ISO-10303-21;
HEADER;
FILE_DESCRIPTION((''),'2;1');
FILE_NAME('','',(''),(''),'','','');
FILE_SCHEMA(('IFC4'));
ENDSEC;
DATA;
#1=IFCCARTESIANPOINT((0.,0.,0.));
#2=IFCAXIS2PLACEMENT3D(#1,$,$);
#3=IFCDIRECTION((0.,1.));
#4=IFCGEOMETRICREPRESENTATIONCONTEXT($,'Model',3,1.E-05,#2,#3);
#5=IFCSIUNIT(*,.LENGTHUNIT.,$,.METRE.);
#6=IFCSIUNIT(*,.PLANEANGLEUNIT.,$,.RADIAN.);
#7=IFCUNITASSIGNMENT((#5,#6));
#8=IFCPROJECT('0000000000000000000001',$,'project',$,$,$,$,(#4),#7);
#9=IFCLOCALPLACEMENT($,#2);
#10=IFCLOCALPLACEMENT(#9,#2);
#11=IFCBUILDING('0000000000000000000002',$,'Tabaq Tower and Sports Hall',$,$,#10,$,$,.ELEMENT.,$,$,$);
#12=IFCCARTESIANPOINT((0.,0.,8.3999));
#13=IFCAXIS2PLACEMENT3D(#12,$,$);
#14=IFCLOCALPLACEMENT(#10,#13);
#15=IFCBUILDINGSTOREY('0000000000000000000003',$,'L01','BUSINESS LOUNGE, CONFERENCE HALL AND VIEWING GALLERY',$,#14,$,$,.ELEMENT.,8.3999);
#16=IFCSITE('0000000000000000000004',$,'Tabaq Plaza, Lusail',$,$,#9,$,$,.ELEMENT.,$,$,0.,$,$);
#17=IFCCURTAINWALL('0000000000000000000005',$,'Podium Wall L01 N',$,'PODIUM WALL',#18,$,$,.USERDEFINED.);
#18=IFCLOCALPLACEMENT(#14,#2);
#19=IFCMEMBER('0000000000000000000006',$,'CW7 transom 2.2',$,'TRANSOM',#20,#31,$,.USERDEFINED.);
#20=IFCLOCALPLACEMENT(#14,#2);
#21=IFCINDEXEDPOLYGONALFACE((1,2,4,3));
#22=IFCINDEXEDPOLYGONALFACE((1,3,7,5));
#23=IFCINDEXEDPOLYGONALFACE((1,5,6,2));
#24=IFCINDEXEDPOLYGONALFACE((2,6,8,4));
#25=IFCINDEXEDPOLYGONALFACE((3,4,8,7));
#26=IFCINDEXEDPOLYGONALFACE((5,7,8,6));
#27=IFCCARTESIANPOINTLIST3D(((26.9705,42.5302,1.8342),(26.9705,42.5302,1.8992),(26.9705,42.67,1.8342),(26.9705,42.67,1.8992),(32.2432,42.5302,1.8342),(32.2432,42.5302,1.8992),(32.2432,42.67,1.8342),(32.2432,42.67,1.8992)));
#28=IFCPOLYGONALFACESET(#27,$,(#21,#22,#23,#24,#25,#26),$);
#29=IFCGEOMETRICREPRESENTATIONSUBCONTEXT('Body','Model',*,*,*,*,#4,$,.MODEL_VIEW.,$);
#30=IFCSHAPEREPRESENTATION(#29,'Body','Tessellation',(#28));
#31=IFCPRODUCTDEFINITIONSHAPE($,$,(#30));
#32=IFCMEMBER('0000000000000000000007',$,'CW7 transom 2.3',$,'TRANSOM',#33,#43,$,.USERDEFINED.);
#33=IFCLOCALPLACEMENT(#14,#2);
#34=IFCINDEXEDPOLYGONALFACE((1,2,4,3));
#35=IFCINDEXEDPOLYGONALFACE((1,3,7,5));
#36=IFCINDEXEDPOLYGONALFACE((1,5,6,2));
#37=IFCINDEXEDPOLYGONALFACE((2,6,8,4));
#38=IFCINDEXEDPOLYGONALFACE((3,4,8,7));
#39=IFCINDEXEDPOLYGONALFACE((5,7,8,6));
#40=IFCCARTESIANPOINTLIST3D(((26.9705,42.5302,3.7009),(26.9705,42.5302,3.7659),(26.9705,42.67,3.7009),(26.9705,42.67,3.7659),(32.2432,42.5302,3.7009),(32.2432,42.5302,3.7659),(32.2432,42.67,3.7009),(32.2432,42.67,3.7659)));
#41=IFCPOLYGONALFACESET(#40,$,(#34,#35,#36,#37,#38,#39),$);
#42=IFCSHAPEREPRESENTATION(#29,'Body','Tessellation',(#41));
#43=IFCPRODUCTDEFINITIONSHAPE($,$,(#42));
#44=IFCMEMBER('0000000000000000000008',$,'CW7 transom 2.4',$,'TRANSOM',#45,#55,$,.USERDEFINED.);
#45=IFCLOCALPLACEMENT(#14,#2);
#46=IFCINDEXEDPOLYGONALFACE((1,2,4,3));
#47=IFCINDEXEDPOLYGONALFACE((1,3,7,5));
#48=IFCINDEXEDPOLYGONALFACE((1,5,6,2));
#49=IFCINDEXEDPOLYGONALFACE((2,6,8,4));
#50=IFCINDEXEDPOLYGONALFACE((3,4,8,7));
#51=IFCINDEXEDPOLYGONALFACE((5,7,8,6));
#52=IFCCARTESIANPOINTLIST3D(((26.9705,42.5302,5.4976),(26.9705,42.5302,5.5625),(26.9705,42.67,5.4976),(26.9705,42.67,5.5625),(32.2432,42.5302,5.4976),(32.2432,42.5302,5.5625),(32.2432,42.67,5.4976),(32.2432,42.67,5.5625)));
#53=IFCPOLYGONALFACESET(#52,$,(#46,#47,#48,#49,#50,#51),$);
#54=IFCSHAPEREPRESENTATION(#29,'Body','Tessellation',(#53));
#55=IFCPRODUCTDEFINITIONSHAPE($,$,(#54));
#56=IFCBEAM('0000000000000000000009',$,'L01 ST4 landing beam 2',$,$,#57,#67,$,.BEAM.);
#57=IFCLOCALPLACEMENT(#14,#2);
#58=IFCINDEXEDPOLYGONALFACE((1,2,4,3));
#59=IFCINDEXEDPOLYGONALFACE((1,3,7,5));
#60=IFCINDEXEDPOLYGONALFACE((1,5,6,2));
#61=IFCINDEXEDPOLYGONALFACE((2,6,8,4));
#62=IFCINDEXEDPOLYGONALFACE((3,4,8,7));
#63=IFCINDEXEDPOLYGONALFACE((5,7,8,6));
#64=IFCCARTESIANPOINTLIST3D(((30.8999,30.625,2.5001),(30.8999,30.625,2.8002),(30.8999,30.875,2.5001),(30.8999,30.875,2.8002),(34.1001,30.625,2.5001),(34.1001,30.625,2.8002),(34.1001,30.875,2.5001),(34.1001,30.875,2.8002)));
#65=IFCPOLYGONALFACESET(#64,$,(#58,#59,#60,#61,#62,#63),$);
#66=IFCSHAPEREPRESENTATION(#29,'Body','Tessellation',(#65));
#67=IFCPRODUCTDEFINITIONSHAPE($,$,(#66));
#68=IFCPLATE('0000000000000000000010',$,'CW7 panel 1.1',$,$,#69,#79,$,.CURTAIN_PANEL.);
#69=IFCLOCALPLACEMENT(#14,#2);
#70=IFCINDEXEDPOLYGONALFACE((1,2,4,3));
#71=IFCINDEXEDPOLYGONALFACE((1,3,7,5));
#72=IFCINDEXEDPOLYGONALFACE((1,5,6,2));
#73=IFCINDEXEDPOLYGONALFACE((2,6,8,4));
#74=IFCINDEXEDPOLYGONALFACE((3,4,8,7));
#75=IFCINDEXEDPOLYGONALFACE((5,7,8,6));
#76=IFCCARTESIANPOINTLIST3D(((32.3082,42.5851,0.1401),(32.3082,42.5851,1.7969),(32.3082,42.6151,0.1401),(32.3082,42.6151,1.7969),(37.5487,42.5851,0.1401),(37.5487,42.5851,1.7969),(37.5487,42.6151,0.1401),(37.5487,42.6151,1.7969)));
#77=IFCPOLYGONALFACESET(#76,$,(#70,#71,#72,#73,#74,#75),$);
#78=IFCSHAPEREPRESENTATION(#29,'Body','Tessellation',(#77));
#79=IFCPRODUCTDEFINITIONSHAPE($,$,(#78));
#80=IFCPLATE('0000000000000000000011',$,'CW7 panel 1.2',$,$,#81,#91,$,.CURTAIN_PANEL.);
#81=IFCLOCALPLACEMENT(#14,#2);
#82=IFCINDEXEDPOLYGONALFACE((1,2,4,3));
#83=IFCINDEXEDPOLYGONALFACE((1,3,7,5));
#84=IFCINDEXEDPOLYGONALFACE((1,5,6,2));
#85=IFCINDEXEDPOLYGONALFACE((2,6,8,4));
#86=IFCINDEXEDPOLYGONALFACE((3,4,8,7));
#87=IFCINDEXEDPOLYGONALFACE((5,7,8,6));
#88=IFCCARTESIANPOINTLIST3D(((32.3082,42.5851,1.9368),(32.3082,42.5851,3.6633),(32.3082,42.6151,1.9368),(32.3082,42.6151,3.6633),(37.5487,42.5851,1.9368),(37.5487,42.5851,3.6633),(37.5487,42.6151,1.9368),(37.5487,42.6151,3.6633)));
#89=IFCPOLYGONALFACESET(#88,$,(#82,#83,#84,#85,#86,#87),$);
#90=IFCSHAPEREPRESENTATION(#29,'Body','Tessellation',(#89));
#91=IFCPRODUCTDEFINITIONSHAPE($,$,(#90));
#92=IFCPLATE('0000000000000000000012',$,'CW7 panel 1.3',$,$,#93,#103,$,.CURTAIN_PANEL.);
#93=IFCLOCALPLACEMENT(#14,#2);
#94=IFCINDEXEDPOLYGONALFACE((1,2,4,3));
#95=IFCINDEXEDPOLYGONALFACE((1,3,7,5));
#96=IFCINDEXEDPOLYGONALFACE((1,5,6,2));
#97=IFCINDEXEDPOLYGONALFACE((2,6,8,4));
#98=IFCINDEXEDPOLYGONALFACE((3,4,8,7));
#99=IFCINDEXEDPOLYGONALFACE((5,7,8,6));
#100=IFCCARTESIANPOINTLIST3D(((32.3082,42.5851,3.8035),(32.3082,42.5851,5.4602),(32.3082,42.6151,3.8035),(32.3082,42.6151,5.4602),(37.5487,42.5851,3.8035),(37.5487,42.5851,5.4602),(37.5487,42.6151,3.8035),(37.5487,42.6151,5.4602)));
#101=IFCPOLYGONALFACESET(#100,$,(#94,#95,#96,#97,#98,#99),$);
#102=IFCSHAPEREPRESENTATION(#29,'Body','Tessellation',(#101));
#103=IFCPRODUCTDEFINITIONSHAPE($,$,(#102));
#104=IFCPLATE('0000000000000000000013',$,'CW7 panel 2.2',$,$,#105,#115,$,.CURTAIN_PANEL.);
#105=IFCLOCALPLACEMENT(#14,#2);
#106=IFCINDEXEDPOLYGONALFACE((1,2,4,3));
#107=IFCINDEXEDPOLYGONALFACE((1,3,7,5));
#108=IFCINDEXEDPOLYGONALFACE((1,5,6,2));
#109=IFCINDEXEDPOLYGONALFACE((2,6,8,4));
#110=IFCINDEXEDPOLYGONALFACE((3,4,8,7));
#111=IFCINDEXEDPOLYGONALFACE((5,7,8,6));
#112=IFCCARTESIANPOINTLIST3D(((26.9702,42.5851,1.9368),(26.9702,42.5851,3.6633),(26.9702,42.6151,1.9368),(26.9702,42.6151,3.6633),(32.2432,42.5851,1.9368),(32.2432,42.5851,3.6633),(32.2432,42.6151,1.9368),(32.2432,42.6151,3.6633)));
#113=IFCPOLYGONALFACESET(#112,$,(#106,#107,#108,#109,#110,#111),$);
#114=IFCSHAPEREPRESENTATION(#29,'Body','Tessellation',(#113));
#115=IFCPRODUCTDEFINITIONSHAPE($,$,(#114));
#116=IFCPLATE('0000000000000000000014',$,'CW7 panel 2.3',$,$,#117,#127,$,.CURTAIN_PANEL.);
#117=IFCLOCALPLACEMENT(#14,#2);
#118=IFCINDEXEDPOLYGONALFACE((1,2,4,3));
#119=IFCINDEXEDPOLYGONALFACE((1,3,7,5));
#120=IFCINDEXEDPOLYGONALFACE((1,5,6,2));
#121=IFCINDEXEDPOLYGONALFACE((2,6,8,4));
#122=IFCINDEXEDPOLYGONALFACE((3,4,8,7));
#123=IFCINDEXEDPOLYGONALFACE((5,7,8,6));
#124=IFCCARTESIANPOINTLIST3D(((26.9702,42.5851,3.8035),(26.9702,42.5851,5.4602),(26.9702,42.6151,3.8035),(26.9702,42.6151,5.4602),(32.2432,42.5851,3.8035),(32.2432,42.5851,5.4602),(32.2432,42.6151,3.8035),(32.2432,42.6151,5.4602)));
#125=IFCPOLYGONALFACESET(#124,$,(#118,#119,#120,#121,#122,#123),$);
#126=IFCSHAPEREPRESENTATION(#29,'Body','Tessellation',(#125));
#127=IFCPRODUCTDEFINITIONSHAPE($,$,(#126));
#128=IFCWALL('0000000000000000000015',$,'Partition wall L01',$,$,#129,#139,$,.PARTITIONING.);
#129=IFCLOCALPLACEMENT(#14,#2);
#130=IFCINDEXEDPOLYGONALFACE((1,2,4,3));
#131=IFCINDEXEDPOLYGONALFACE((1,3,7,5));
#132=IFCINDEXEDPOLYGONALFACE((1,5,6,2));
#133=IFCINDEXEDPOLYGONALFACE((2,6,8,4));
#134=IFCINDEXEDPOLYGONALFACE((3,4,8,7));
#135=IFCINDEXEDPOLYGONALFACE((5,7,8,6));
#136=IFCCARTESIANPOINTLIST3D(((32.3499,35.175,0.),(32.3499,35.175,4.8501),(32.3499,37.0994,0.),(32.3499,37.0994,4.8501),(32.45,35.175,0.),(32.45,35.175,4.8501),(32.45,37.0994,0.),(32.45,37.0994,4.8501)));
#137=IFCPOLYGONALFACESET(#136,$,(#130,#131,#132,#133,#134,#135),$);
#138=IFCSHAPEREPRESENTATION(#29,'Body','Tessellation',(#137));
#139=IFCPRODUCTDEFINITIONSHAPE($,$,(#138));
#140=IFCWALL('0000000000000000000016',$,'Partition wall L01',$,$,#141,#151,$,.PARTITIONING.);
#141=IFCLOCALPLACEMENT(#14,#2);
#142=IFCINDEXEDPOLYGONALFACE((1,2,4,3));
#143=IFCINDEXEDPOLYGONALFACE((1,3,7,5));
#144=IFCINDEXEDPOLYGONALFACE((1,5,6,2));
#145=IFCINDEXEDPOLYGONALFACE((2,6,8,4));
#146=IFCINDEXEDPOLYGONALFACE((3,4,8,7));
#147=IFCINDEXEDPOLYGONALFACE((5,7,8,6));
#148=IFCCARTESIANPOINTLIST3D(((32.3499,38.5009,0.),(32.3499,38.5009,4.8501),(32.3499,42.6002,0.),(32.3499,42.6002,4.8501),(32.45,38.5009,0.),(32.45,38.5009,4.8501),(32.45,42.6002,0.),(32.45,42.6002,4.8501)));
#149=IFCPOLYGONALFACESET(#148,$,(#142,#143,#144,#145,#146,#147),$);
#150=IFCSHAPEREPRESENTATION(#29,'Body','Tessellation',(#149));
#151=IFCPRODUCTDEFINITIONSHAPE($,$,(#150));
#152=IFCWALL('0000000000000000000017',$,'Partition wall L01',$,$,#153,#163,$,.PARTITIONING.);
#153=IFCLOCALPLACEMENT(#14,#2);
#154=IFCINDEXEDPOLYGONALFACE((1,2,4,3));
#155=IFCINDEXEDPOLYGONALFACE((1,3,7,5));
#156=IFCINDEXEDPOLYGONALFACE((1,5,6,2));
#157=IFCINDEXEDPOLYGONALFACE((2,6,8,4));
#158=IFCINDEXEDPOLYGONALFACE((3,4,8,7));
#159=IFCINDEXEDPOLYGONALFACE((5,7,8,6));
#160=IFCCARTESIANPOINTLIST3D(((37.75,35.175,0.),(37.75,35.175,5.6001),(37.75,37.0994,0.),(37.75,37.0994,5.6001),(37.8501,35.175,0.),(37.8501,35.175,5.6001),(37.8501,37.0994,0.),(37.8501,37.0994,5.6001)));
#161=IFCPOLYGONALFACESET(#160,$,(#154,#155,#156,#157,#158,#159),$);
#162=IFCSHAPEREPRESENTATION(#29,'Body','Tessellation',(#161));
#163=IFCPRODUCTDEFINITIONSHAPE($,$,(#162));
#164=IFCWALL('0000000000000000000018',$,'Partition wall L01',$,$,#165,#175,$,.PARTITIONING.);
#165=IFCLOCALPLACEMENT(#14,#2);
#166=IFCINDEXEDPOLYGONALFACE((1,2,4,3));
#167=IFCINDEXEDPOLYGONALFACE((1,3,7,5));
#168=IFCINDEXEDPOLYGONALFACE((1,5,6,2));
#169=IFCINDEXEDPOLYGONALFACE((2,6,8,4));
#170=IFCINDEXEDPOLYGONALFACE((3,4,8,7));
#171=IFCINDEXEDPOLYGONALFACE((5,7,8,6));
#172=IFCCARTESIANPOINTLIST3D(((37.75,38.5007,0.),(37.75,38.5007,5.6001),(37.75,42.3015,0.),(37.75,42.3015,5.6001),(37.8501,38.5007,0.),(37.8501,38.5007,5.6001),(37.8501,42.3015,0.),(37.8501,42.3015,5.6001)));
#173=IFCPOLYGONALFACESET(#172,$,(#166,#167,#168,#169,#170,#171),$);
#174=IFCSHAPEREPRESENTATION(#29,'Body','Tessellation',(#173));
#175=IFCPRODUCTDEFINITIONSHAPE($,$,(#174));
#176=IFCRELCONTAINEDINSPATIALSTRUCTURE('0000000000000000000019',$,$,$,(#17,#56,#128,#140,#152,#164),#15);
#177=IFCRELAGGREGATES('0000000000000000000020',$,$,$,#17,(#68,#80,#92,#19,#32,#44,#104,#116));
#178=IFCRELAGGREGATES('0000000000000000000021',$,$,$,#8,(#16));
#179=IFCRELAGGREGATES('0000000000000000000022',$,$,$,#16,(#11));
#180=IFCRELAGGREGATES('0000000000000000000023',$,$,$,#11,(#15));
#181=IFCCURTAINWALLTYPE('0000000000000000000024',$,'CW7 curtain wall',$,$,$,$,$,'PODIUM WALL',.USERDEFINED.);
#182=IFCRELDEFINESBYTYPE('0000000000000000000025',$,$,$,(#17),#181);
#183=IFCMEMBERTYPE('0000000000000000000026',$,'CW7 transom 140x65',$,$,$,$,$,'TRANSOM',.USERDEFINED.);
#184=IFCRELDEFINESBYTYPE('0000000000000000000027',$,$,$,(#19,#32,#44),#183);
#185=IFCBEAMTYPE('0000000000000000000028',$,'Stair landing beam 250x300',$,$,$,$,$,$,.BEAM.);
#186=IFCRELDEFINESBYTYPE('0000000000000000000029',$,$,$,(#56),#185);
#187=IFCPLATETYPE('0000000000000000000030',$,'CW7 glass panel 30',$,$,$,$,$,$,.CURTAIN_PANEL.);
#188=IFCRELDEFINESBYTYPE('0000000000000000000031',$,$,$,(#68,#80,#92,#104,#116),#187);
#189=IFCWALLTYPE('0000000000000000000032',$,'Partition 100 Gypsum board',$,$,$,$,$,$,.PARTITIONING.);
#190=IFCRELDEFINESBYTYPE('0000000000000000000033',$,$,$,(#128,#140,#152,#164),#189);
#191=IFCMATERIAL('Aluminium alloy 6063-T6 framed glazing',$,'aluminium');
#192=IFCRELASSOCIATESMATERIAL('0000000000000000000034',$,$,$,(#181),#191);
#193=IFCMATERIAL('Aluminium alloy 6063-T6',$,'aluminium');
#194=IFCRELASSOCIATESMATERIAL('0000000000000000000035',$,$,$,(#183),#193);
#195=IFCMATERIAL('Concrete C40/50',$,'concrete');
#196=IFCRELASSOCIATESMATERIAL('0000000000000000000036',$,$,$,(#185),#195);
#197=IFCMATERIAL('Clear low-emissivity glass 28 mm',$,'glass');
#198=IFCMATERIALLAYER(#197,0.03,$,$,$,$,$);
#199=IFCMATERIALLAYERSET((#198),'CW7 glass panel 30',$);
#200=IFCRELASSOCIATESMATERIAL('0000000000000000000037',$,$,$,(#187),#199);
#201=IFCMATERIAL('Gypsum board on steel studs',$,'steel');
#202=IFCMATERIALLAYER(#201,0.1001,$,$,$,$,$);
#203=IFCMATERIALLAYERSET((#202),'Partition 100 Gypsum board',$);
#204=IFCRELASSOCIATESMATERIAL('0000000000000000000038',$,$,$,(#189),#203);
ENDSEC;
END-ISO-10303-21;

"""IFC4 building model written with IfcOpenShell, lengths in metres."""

from ifc_helpers import new_model, si_unit, direction, frame, frame_2d, origin, origin_2d, place, context, subcontext, project, spatial, rectangle, extrude, material, layer, layer_set, material_profile, profile_set, type_object, element, aggregate, save


model = new_model("IFC4")

# Units and contexts
model_context = context("Model", 3, precision=1e-05, world=origin(), true_north=direction((0.0, 1.0)))
body_context = subcontext(model_context, "Body", "Model", "MODEL_VIEW")
ifc_project = project(units=[si_unit("LENGTHUNIT", "METRE"), si_unit("PLANEANGLEUNIT", "RADIAN")], contexts=[model_context])

# Site, building, storey
site_placement = place(None, origin())
site = spatial("IfcSite", under=ifc_project, at=site_placement, Name="Tabaq Plaza, Lusail", CompositionType="ELEMENT", RefElevation=0.0)
building_placement = place(site_placement, origin())
building = spatial("IfcBuilding", under=site, at=building_placement, Name="Tabaq Tower and Sports Hall", CompositionType="ELEMENT")
storey_placement = place(building_placement, frame((0.0, 0.0, 8.3999)))
storey = spatial("IfcBuildingStorey", under=building, at=storey_placement, Name="L01", Description="BUSINESS LOUNGE, CONFERENCE HALL AND VIEWING GALLERY", CompositionType="ELEMENT", Elevation=8.3999)

# Shared definitions
ifc_material_1 = material(Name="Aluminium alloy 6063-T6 framed glazing", Category="aluminium")
curtain_wall_type_1 = type_object("IfcCurtainWallType", Name="CW7 curtain wall", ElementType="PODIUM WALL", PredefinedType="USERDEFINED", material=ifc_material_1)

# Curtain wall, members
curtain_wall_1_placement = place(storey_placement, origin())
curtain_wall_1 = element("IfcCurtainWall", 1, at=curtain_wall_1_placement, inside=storey, type_object=curtain_wall_type_1, Name="Podium Wall L01 N", ObjectType="PODIUM WALL", PredefinedType="USERDEFINED")
ifc_material_2 = material(Name="Aluminium alloy 6063-T6", Category="aluminium")
ifc_material_profile_1 = material_profile(ifc_material_2, rectangle(XDim=0.1399, YDim=0.0649, at=origin_2d()), Name="TRANSOM 140x65")
ifc_profile_set_1 = profile_set([ifc_material_profile_1], Name="Aluminium alloy 6063-T6")
member_type_1 = type_object("IfcMemberType", Name="CW7 transom 140x65", ElementType="TRANSOM", PredefinedType="USERDEFINED", material=ifc_profile_set_1)
member_1_placement = place(storey_placement, frame((32.2432, 42.6001, 1.8667), z_axis=(-1.0, 0.0, 0.0), x_axis=(0.0, -1.0, 0.0)))
member_1 = element("IfcMember", 2, at=member_1_placement, type_object=member_type_1, Name="CW7 transom 2.2", ObjectType="TRANSOM", PredefinedType="USERDEFINED", context=body_context, shape_type="SweptSolid", body=[
    extrude(rectangle(XDim=0.1399, YDim=0.0649, at=origin_2d()), origin(), (0.0, 0.0, 1.0), 5.2727),
])
member_2_placement = place(storey_placement, frame((32.2432, 42.6001, 3.7334), z_axis=(-1.0, 0.0, 0.0), x_axis=(0.0, -1.0, 0.0)))
member_2 = element("IfcMember", 3, at=member_2_placement, type_object=member_type_1, Name="CW7 transom 2.3", ObjectType="TRANSOM", PredefinedType="USERDEFINED", context=body_context, shape_type="SweptSolid", body=[
    extrude(rectangle(XDim=0.1399, YDim=0.0649, at=origin_2d()), origin(), (0.0, 0.0, 1.0), 5.2727),
])
member_3_placement = place(storey_placement, frame((32.2432, 42.6001, 5.53), z_axis=(-1.0, 0.0, 0.0), x_axis=(0.0, -1.0, 0.0)))
member_3 = element("IfcMember", 4, at=member_3_placement, type_object=member_type_1, Name="CW7 transom 2.4", ObjectType="TRANSOM", PredefinedType="USERDEFINED", context=body_context, shape_type="SweptSolid", body=[
    extrude(rectangle(XDim=0.1399, YDim=0.0649, at=origin_2d()), origin(), (0.0, 0.0, 1.0), 5.2727),
])

# Beam
ifc_material_3 = material(Name="Concrete C40/50", Category="concrete")
ifc_material_profile_2 = material_profile(ifc_material_3, rectangle(XDim=0.25, YDim=0.3, at=origin_2d()), Name="RC 250x300")
ifc_profile_set_2 = profile_set([ifc_material_profile_2], Name="Concrete C40/50")
beam_type = type_object("IfcBeamType", Name="Stair landing beam 250x300", PredefinedType="BEAM", material=ifc_profile_set_2)
beam_placement = place(storey_placement, frame((30.8999, 30.75, 2.6501), z_axis=(1.0, 0.0, 0.0), x_axis=(0.0, 1.0, 0.0)))
element("IfcBeam", 5, at=beam_placement, inside=storey, type_object=beam_type, Name="L01 ST4 landing beam 2", PredefinedType="BEAM", context=body_context, shape_type="SweptSolid", body=[
    extrude(rectangle(XDim=0.25, YDim=0.3, at=origin_2d()), origin(), (0.0, 0.0, 1.0), 3.2002),
])

# Plates
ifc_material_4 = material(Name="Clear low-emissivity glass 28 mm", Category="glass")
ifc_layer_1 = layer(ifc_material_4, 0.03)
ifc_layer_set_1 = layer_set([ifc_layer_1], Name="CW7 glass panel 30")
plate_type = type_object("IfcPlateType", Name="CW7 glass panel 30", PredefinedType="CURTAIN_PANEL", material=ifc_layer_set_1)
plate_1_placement = place(storey_placement, frame((34.9285, 42.6001, 0.1401), z_axis=(0.0, 0.0, 1.0), x_axis=(-1.0, 0.0, 0.0)))
plate_1 = element("IfcPlate", 6, at=plate_1_placement, type_object=plate_type, Name="CW7 panel 1.1", PredefinedType="CURTAIN_PANEL", context=body_context, shape_type="SweptSolid", body=[
    extrude(rectangle(XDim=5.2405, YDim=0.03, at=origin_2d()), origin(), (0.0, 0.0, 1.0), 1.6567),
])
plate_2_placement = place(storey_placement, frame((34.9285, 42.6001, 1.9368), z_axis=(0.0, 0.0, 1.0), x_axis=(-1.0, 0.0, 0.0)))
plate_2 = element("IfcPlate", 7, at=plate_2_placement, type_object=plate_type, Name="CW7 panel 1.2", PredefinedType="CURTAIN_PANEL", context=body_context, shape_type="SweptSolid", body=[
    extrude(rectangle(XDim=5.2405, YDim=0.03, at=origin_2d()), origin(), (0.0, 0.0, 1.0), 1.7266),
])
plate_3_placement = place(storey_placement, frame((34.9285, 42.6001, 3.8035), z_axis=(0.0, 0.0, 1.0), x_axis=(-1.0, 0.0, 0.0)))
plate_3 = element("IfcPlate", 8, at=plate_3_placement, type_object=plate_type, Name="CW7 panel 1.3", PredefinedType="CURTAIN_PANEL", context=body_context, shape_type="SweptSolid", body=[
    extrude(rectangle(XDim=5.2405, YDim=0.03, at=origin_2d()), origin(), (0.0, 0.0, 1.0), 1.6567),
])
plate_4_placement = place(storey_placement, frame((29.6067, 42.6001, 1.9368), z_axis=(0.0, 0.0, 1.0), x_axis=(-1.0, 0.0, 0.0)))
plate_4 = element("IfcPlate", 9, at=plate_4_placement, type_object=plate_type, Name="CW7 panel 2.2", PredefinedType="CURTAIN_PANEL", context=body_context, shape_type="SweptSolid", body=[
    extrude(rectangle(XDim=5.2729, YDim=0.03, at=origin_2d()), origin(), (0.0, 0.0, 1.0), 1.7266),
])
plate_5_placement = place(storey_placement, frame((29.6067, 42.6001, 3.8035), z_axis=(0.0, 0.0, 1.0), x_axis=(-1.0, 0.0, 0.0)))
plate_5 = element("IfcPlate", 10, at=plate_5_placement, type_object=plate_type, Name="CW7 panel 2.3", PredefinedType="CURTAIN_PANEL", context=body_context, shape_type="SweptSolid", body=[
    extrude(rectangle(XDim=5.2729, YDim=0.03, at=origin_2d()), origin(), (0.0, 0.0, 1.0), 1.6567),
])
aggregate(curtain_wall_1, [plate_1, plate_2, plate_3, member_1, member_2, member_3, plate_4, plate_5])

# Walls
ifc_material_5 = material(Name="Gypsum board on steel studs", Category="steel")
ifc_layer_2 = layer(ifc_material_5, 0.1001)
ifc_layer_set_2 = layer_set([ifc_layer_2], Name="Partition 100 Gypsum board")
wall_type_1 = type_object("IfcWallType", Name="Partition 100 Gypsum board", PredefinedType="PARTITIONING", material=ifc_layer_set_2)
wall_1_placement = place(storey_placement, frame((32.3999, 35.175, 0.0), z_axis=(0.0, 0.0, 1.0), x_axis=(0.0, 1.0, 0.0)))
element("IfcWall", 11, at=wall_1_placement, inside=storey, type_object=wall_type_1, Name="Partition wall L01", PredefinedType="PARTITIONING", context=body_context, shape_type="SweptSolid", body=[
    extrude(rectangle(XDim=1.9243, YDim=0.1001, at=frame_2d((0.9622, 0.0))), origin(), (0.0, 0.0, 1.0), 4.8501),
])
wall_2_placement = place(storey_placement, frame((32.3999, 38.5007, 0.0), z_axis=(0.0, 0.0, 1.0), x_axis=(0.0, 1.0, 0.0)))
element("IfcWall", 12, at=wall_2_placement, inside=storey, type_object=wall_type_1, Name="Partition wall L01", PredefinedType="PARTITIONING", context=body_context, shape_type="SweptSolid", body=[
    extrude(rectangle(XDim=4.0994, YDim=0.1001, at=frame_2d((2.0498, 0.0))), origin(), (0.0, 0.0, 1.0), 4.8501),
])
wall_3_placement = place(storey_placement, frame((37.8, 35.175, 0.0), z_axis=(0.0, 0.0, 1.0), x_axis=(0.0, 1.0, 0.0)))
element("IfcWall", 13, at=wall_3_placement, inside=storey, type_object=wall_type_1, Name="Partition wall L01", PredefinedType="PARTITIONING", context=body_context, shape_type="SweptSolid", body=[
    extrude(rectangle(XDim=1.9243, YDim=0.1001, at=frame_2d((0.9622, 0.0))), origin(), (0.0, 0.0, 1.0), 5.6001),
])
wall_4_placement = place(storey_placement, frame((37.8, 38.5007, 0.0), z_axis=(0.0, 0.0, 1.0), x_axis=(0.0, 1.0, 0.0)))
element("IfcWall", 14, at=wall_4_placement, inside=storey, type_object=wall_type_1, Name="Partition wall L01", PredefinedType="PARTITIONING", context=body_context, shape_type="SweptSolid", body=[
    extrude(rectangle(XDim=3.8008, YDim=0.1001, at=frame_2d((1.9004, 0.0))), origin(), (0.0, 0.0, 1.0), 5.6001),
])

save(model, "model.ifc")
